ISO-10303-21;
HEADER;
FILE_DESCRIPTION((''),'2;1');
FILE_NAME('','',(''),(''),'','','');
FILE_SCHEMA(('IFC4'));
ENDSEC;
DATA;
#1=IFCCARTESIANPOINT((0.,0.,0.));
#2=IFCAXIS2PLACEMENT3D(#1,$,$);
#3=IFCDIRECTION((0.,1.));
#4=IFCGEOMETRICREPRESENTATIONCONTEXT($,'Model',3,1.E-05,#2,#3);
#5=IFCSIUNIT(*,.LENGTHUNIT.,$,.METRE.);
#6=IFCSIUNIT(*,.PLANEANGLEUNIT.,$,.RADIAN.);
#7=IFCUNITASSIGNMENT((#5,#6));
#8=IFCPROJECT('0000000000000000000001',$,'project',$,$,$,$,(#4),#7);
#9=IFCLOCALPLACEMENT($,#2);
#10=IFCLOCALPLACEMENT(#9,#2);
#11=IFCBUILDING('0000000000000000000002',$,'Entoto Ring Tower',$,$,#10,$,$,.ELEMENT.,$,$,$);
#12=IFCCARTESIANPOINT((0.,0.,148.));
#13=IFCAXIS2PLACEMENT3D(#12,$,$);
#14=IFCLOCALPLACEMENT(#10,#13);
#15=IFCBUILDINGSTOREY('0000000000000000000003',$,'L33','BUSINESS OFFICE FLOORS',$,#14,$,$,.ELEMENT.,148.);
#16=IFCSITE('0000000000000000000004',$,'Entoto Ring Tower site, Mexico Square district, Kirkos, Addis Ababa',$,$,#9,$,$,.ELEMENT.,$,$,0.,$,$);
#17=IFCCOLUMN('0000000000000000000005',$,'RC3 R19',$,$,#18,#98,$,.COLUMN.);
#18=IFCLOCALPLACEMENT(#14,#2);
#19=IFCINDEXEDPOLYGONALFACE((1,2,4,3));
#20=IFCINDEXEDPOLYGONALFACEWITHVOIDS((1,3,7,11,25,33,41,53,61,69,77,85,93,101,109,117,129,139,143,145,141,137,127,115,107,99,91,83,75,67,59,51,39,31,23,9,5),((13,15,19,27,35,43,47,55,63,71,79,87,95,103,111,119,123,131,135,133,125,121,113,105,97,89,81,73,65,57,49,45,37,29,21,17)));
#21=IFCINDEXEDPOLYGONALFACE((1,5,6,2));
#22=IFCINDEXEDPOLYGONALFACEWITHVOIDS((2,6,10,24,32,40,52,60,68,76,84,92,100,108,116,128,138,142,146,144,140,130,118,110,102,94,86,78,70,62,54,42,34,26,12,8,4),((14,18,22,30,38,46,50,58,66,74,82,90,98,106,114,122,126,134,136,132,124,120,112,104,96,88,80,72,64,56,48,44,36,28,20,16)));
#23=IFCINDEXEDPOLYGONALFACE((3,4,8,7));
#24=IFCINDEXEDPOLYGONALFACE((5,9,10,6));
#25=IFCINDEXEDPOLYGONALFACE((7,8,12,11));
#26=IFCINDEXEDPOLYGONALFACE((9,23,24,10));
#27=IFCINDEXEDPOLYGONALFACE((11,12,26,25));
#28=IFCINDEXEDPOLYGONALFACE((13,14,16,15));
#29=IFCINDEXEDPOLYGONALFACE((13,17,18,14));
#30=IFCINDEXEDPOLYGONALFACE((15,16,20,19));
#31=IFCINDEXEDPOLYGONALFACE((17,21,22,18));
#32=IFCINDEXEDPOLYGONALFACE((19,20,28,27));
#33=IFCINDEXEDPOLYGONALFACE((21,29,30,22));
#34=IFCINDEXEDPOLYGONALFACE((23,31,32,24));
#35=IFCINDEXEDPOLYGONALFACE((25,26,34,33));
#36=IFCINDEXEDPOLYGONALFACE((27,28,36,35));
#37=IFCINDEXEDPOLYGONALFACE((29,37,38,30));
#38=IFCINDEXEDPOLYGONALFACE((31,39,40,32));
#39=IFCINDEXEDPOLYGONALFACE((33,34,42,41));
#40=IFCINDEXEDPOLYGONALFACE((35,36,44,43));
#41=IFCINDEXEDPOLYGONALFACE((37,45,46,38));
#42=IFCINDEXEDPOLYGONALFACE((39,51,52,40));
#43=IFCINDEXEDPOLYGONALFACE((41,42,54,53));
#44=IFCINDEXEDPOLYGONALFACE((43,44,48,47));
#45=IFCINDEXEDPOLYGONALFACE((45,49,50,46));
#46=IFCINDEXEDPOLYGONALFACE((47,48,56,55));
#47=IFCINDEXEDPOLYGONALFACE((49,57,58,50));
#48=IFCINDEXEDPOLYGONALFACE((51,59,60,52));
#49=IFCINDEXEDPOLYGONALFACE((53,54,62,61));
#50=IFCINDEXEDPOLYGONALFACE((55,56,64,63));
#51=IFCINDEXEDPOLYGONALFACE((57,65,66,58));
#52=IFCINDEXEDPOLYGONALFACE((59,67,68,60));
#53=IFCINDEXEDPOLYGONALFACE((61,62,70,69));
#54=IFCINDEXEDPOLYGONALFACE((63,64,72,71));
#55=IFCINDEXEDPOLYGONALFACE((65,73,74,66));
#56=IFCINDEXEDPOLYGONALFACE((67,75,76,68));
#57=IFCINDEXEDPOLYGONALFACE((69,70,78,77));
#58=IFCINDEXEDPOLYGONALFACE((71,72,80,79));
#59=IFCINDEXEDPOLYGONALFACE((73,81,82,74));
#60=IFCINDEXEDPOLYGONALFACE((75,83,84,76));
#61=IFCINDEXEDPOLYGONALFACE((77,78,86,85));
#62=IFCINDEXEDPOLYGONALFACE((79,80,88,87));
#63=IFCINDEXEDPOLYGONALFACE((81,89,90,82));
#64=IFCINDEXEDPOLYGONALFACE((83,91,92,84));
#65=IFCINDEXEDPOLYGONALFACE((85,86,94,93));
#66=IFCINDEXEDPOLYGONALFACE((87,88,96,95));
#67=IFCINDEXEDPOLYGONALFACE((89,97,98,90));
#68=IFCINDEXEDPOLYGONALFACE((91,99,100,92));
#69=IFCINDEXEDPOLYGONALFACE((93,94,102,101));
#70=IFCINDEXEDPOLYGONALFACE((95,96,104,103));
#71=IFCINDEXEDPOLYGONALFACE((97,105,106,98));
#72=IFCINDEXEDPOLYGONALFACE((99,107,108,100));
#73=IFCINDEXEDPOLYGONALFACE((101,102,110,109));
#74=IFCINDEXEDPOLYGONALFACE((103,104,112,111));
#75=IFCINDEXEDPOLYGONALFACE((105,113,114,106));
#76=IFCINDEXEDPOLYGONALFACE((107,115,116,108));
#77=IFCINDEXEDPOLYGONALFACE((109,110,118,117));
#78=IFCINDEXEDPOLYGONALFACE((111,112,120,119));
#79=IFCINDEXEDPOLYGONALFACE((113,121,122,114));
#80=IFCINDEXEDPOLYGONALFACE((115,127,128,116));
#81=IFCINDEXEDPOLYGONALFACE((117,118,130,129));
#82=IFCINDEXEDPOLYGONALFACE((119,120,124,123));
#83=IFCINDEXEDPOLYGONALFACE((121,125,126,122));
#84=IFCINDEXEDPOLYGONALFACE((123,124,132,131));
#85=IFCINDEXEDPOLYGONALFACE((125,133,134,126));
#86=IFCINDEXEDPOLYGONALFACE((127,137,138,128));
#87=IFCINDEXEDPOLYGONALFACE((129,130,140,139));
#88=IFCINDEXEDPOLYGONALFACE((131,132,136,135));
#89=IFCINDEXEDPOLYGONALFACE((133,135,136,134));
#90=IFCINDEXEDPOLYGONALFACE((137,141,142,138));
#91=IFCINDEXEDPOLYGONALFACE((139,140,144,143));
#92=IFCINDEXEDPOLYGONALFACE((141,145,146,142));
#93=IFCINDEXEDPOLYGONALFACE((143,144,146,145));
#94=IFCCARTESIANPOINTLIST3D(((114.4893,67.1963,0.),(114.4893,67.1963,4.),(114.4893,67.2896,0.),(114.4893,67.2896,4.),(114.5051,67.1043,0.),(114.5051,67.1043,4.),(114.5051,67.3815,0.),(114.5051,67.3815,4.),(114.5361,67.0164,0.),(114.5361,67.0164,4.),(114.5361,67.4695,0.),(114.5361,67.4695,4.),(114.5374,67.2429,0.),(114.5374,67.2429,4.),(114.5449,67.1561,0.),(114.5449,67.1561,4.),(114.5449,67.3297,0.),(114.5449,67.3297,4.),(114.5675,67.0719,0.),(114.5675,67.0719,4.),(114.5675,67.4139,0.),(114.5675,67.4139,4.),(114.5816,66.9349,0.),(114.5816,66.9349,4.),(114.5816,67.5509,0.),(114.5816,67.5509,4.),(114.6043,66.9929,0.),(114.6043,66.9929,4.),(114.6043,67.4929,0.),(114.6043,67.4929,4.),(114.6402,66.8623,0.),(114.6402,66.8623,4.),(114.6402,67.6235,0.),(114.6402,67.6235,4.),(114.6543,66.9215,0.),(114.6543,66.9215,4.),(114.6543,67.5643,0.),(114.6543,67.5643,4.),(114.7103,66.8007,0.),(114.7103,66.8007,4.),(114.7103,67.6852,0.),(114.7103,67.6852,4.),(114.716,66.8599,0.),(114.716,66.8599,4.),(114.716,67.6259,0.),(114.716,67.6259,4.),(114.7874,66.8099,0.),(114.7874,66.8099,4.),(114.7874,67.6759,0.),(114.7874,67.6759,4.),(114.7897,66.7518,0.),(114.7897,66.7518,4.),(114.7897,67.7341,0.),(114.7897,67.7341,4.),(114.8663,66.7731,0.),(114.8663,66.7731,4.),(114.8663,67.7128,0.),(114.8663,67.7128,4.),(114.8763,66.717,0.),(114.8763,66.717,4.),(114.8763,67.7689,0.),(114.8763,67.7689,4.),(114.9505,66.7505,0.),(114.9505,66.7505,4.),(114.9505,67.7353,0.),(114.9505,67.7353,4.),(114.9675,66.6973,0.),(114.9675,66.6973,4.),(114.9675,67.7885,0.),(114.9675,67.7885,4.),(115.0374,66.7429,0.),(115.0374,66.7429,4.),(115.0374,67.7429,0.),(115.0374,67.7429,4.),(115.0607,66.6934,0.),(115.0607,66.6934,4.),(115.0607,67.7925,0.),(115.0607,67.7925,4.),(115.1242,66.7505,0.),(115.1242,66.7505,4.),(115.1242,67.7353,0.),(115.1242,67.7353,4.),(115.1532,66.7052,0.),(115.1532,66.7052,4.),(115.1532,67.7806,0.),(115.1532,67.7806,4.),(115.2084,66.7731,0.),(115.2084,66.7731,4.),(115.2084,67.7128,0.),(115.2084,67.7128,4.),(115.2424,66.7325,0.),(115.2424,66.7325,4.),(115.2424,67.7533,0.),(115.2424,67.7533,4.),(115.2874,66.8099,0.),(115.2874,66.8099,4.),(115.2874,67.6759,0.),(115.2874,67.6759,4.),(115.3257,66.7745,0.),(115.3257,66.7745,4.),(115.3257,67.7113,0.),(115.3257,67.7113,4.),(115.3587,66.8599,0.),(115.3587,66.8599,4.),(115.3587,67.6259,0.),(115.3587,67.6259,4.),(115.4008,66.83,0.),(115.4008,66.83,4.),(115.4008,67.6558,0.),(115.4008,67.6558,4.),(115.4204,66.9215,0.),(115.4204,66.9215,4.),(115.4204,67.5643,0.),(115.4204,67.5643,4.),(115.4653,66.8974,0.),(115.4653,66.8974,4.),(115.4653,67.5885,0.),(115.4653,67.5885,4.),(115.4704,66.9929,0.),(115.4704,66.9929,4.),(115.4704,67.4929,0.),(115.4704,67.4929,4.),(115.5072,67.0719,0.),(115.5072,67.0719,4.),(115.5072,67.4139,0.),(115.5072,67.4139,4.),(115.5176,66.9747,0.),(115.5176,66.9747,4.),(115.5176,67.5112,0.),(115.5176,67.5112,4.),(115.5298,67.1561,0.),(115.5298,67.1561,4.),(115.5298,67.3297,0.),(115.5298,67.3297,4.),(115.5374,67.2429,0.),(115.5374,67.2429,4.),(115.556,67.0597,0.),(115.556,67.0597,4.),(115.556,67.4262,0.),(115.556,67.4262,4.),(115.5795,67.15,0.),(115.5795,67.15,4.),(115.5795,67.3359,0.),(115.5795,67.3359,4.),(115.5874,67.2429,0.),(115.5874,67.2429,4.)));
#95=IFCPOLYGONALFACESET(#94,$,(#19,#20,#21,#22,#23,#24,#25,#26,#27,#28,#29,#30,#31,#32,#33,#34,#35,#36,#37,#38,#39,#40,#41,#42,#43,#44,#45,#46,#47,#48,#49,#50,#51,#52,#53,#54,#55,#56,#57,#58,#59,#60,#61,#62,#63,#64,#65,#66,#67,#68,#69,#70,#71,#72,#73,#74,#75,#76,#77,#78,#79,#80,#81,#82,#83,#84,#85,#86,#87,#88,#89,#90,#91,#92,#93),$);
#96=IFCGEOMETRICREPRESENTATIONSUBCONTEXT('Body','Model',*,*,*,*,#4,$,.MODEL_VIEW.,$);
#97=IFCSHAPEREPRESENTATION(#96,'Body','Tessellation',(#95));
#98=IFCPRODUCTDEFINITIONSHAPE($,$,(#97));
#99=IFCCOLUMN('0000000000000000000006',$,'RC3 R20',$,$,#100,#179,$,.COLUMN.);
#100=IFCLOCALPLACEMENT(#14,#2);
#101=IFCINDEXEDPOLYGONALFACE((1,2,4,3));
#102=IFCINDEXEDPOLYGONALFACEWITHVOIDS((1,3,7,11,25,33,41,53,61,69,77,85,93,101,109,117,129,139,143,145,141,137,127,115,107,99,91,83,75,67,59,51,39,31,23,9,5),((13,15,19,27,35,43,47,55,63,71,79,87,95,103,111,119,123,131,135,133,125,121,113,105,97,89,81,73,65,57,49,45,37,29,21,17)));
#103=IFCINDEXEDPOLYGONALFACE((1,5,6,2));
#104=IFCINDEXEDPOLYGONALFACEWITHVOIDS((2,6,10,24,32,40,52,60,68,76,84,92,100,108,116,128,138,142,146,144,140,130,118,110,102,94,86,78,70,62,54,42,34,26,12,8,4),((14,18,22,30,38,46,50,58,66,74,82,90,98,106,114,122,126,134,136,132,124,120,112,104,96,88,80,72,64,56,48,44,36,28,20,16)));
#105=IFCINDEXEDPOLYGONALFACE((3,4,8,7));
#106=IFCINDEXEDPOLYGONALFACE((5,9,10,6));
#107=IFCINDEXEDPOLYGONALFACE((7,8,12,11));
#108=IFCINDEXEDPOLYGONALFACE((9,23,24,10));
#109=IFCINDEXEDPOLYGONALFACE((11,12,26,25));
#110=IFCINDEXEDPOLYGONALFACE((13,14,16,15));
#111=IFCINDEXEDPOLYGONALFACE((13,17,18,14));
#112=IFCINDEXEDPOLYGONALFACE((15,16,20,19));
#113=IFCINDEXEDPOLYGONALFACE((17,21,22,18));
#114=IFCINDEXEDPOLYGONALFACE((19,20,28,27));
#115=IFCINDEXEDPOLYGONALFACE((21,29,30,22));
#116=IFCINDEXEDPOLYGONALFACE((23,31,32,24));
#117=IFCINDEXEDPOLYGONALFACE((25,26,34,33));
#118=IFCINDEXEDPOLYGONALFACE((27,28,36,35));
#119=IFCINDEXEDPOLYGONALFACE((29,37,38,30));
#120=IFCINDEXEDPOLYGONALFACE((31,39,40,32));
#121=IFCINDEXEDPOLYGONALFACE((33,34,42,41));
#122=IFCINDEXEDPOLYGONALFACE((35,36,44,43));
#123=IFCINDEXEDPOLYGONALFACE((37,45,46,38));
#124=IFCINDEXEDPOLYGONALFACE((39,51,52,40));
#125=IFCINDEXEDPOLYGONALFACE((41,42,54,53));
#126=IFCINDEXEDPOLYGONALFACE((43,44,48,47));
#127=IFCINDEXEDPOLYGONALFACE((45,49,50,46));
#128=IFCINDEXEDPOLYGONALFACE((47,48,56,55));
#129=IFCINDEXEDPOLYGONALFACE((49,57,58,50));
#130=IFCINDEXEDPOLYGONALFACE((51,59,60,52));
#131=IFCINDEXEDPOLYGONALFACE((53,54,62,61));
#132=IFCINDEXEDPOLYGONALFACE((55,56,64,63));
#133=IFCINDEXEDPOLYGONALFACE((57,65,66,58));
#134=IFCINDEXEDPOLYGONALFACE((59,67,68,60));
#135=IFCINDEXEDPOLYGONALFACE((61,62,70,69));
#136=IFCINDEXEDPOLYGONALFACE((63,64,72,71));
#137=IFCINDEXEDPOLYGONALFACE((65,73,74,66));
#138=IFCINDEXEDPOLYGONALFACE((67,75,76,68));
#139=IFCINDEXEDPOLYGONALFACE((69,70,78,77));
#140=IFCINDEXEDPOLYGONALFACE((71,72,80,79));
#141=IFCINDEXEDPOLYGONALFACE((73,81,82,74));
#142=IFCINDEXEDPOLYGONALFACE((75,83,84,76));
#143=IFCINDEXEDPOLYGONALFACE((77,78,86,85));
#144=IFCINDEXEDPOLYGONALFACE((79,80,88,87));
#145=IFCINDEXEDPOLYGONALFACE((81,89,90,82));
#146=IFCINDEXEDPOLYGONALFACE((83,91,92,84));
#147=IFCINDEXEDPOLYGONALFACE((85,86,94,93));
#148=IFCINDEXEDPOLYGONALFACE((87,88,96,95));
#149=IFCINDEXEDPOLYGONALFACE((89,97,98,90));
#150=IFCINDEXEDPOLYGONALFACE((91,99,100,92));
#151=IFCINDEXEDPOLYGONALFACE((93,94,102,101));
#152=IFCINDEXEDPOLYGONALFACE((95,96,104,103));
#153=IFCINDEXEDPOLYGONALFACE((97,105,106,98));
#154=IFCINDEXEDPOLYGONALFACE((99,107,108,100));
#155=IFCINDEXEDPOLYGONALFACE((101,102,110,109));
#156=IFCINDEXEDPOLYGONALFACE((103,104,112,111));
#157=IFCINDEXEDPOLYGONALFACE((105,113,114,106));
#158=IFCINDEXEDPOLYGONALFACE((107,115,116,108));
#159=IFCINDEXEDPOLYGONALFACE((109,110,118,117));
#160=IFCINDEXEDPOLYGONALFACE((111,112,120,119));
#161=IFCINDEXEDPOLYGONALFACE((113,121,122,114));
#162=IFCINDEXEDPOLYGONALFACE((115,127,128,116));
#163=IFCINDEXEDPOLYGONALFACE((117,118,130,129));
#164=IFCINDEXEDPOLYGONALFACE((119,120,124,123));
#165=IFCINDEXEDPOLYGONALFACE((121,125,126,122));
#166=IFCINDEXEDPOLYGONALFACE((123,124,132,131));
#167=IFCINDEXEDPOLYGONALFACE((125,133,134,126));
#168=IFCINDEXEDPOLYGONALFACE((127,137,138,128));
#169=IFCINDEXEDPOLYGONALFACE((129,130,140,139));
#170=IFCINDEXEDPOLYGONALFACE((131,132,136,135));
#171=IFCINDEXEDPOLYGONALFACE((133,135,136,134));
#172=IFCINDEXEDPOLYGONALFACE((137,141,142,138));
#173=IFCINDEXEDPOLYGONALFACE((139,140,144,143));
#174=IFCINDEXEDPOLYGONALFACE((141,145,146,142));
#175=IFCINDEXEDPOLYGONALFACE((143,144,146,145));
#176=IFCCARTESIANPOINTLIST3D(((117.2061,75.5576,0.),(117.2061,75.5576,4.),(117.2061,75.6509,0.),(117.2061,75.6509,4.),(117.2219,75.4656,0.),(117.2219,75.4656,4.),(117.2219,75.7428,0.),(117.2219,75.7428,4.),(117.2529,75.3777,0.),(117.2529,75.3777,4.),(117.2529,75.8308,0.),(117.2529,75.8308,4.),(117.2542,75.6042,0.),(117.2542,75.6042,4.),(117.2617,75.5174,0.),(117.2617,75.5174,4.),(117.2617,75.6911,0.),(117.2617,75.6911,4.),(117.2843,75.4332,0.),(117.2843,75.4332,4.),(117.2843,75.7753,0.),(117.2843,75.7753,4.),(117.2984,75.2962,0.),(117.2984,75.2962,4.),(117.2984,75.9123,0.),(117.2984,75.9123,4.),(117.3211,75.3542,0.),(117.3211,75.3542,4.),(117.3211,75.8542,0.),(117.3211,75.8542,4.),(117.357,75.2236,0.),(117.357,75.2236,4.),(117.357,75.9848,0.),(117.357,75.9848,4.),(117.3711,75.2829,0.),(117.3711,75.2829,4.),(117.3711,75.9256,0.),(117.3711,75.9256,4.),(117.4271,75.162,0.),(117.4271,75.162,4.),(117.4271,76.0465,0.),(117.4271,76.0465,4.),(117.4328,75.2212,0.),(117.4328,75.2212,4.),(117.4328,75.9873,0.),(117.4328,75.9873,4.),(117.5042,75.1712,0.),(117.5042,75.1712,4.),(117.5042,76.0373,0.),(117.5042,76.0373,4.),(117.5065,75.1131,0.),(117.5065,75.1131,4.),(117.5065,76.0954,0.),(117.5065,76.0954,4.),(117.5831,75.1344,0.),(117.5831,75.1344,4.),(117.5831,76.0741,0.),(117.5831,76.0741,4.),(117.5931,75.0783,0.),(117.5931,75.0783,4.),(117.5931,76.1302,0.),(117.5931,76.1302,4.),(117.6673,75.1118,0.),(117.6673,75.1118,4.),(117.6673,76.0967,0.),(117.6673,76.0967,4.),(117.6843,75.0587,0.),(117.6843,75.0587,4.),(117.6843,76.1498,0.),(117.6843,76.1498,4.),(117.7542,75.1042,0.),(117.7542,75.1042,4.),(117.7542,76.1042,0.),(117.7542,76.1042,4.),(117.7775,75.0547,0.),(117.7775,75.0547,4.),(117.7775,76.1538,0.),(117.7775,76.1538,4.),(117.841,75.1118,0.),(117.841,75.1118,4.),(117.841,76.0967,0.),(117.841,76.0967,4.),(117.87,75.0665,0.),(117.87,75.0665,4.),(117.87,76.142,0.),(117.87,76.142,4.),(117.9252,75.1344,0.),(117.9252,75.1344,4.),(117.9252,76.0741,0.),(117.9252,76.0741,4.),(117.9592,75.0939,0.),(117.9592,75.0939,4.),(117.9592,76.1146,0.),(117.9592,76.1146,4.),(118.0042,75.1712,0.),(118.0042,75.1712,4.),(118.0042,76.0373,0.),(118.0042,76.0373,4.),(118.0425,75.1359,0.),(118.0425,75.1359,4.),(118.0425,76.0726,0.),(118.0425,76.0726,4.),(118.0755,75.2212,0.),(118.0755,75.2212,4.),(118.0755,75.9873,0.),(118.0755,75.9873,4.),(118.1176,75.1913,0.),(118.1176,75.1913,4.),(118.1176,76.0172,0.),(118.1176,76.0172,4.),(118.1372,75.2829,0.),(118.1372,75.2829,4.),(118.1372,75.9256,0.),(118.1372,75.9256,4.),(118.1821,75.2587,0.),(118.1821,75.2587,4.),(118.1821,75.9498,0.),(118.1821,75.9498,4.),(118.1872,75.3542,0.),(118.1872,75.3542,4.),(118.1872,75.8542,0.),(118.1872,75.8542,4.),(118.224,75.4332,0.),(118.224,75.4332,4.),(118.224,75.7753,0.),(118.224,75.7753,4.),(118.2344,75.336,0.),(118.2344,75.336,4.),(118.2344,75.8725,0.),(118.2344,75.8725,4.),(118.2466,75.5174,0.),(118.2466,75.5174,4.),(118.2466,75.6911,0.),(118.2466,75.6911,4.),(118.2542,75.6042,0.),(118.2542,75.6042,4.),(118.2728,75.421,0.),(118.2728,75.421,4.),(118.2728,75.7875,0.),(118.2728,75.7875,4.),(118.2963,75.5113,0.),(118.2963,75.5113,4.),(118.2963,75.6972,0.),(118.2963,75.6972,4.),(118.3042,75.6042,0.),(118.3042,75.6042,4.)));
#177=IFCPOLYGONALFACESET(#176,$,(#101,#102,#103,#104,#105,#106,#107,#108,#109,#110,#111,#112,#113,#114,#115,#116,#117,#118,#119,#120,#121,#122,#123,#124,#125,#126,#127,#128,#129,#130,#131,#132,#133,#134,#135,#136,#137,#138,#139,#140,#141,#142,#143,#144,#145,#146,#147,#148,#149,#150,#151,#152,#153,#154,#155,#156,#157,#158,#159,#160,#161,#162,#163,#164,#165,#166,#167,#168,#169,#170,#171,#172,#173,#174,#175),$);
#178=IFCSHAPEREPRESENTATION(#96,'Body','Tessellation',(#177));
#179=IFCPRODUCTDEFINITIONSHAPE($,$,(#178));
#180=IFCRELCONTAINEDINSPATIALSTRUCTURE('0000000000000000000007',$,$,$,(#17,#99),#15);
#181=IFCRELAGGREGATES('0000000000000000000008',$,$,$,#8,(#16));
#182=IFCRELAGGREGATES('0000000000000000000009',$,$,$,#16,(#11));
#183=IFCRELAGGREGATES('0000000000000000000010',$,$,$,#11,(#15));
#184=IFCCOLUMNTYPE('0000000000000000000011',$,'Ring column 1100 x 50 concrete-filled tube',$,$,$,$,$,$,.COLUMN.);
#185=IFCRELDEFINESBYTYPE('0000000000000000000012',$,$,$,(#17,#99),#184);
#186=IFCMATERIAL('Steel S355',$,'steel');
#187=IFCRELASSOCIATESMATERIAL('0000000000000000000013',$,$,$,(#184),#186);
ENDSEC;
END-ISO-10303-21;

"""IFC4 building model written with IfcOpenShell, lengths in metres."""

from ifc_helpers import new_model, si_unit, direction, frame, origin, origin_2d, place, context, subcontext, project, spatial, circle, hollow_circle, extrude, material, material_profile, profile_set, type_object, element, save


model = new_model("IFC4")

# Units and contexts
model_context = context("Model", 3, precision=1e-05, world=origin(), true_north=direction((0.0, 1.0)))
body_context = subcontext(model_context, "Body", "Model", "MODEL_VIEW")
ifc_project = project(units=[si_unit("LENGTHUNIT", "METRE"), si_unit("PLANEANGLEUNIT", "RADIAN")], contexts=[model_context])

# Site, building, storey
site_placement = place(None, origin())
site = spatial("IfcSite", under=ifc_project, at=site_placement, Name="Entoto Ring Tower site, Mexico Square district, Kirkos, Addis Ababa", CompositionType="ELEMENT", RefElevation=0.0)
building_placement = place(site_placement, origin())
building = spatial("IfcBuilding", under=site, at=building_placement, Name="Entoto Ring Tower", CompositionType="ELEMENT")
storey_placement = place(building_placement, frame((0.0, 0.0, 148.0)))
storey = spatial("IfcBuildingStorey", under=building, at=storey_placement, Name="L33", Description="BUSINESS OFFICE FLOORS", CompositionType="ELEMENT", Elevation=148.0)

# Columns
ifc_material_1 = material(Name="Steel S355", Category="steel")
ifc_material_profile_1 = material_profile(ifc_material_1, hollow_circle(Radius=0.55, WallThickness=0.05, at=origin_2d()), Name="CHS 1100 x 50")
ifc_material_2 = material(Name="Concrete C60/75", Category="concrete")
ifc_material_profile_2 = material_profile(ifc_material_2, circle(Radius=0.5, at=origin_2d()), Name="Concrete C60/75 infill")
ifc_profile_set_1 = profile_set([ifc_material_profile_1, ifc_material_profile_2], Name="Steel S355")
column_type = type_object("IfcColumnType", Name="Ring column 1100 x 50 concrete-filled tube", PredefinedType="COLUMN", material=ifc_profile_set_1)
for number, where, z_axis, x_axis, name in (
    (1, (115.0374, 67.2429, 0.0), (0.0, 0.0, 1.0), (1.0, 0.0, 0.0), "RC3 R19"),
    (2, (117.7542, 75.6042, 0.0), (0.0, 0.0, 1.0), (1.0, 0.0, 0.0), "RC3 R20"),
):
    element("IfcColumn", number, at=place(storey_placement, frame(where, z_axis=z_axis, x_axis=x_axis)), inside=storey, type_object=column_type, Name=name, PredefinedType="COLUMN", context=body_context, shape_type="SweptSolid", body=[
        extrude(hollow_circle(Radius=0.55, WallThickness=0.05, at=origin_2d()), origin(), (0.0, 0.0, 1.0), 4.0),
    ])

save(model, "model.ifc")
